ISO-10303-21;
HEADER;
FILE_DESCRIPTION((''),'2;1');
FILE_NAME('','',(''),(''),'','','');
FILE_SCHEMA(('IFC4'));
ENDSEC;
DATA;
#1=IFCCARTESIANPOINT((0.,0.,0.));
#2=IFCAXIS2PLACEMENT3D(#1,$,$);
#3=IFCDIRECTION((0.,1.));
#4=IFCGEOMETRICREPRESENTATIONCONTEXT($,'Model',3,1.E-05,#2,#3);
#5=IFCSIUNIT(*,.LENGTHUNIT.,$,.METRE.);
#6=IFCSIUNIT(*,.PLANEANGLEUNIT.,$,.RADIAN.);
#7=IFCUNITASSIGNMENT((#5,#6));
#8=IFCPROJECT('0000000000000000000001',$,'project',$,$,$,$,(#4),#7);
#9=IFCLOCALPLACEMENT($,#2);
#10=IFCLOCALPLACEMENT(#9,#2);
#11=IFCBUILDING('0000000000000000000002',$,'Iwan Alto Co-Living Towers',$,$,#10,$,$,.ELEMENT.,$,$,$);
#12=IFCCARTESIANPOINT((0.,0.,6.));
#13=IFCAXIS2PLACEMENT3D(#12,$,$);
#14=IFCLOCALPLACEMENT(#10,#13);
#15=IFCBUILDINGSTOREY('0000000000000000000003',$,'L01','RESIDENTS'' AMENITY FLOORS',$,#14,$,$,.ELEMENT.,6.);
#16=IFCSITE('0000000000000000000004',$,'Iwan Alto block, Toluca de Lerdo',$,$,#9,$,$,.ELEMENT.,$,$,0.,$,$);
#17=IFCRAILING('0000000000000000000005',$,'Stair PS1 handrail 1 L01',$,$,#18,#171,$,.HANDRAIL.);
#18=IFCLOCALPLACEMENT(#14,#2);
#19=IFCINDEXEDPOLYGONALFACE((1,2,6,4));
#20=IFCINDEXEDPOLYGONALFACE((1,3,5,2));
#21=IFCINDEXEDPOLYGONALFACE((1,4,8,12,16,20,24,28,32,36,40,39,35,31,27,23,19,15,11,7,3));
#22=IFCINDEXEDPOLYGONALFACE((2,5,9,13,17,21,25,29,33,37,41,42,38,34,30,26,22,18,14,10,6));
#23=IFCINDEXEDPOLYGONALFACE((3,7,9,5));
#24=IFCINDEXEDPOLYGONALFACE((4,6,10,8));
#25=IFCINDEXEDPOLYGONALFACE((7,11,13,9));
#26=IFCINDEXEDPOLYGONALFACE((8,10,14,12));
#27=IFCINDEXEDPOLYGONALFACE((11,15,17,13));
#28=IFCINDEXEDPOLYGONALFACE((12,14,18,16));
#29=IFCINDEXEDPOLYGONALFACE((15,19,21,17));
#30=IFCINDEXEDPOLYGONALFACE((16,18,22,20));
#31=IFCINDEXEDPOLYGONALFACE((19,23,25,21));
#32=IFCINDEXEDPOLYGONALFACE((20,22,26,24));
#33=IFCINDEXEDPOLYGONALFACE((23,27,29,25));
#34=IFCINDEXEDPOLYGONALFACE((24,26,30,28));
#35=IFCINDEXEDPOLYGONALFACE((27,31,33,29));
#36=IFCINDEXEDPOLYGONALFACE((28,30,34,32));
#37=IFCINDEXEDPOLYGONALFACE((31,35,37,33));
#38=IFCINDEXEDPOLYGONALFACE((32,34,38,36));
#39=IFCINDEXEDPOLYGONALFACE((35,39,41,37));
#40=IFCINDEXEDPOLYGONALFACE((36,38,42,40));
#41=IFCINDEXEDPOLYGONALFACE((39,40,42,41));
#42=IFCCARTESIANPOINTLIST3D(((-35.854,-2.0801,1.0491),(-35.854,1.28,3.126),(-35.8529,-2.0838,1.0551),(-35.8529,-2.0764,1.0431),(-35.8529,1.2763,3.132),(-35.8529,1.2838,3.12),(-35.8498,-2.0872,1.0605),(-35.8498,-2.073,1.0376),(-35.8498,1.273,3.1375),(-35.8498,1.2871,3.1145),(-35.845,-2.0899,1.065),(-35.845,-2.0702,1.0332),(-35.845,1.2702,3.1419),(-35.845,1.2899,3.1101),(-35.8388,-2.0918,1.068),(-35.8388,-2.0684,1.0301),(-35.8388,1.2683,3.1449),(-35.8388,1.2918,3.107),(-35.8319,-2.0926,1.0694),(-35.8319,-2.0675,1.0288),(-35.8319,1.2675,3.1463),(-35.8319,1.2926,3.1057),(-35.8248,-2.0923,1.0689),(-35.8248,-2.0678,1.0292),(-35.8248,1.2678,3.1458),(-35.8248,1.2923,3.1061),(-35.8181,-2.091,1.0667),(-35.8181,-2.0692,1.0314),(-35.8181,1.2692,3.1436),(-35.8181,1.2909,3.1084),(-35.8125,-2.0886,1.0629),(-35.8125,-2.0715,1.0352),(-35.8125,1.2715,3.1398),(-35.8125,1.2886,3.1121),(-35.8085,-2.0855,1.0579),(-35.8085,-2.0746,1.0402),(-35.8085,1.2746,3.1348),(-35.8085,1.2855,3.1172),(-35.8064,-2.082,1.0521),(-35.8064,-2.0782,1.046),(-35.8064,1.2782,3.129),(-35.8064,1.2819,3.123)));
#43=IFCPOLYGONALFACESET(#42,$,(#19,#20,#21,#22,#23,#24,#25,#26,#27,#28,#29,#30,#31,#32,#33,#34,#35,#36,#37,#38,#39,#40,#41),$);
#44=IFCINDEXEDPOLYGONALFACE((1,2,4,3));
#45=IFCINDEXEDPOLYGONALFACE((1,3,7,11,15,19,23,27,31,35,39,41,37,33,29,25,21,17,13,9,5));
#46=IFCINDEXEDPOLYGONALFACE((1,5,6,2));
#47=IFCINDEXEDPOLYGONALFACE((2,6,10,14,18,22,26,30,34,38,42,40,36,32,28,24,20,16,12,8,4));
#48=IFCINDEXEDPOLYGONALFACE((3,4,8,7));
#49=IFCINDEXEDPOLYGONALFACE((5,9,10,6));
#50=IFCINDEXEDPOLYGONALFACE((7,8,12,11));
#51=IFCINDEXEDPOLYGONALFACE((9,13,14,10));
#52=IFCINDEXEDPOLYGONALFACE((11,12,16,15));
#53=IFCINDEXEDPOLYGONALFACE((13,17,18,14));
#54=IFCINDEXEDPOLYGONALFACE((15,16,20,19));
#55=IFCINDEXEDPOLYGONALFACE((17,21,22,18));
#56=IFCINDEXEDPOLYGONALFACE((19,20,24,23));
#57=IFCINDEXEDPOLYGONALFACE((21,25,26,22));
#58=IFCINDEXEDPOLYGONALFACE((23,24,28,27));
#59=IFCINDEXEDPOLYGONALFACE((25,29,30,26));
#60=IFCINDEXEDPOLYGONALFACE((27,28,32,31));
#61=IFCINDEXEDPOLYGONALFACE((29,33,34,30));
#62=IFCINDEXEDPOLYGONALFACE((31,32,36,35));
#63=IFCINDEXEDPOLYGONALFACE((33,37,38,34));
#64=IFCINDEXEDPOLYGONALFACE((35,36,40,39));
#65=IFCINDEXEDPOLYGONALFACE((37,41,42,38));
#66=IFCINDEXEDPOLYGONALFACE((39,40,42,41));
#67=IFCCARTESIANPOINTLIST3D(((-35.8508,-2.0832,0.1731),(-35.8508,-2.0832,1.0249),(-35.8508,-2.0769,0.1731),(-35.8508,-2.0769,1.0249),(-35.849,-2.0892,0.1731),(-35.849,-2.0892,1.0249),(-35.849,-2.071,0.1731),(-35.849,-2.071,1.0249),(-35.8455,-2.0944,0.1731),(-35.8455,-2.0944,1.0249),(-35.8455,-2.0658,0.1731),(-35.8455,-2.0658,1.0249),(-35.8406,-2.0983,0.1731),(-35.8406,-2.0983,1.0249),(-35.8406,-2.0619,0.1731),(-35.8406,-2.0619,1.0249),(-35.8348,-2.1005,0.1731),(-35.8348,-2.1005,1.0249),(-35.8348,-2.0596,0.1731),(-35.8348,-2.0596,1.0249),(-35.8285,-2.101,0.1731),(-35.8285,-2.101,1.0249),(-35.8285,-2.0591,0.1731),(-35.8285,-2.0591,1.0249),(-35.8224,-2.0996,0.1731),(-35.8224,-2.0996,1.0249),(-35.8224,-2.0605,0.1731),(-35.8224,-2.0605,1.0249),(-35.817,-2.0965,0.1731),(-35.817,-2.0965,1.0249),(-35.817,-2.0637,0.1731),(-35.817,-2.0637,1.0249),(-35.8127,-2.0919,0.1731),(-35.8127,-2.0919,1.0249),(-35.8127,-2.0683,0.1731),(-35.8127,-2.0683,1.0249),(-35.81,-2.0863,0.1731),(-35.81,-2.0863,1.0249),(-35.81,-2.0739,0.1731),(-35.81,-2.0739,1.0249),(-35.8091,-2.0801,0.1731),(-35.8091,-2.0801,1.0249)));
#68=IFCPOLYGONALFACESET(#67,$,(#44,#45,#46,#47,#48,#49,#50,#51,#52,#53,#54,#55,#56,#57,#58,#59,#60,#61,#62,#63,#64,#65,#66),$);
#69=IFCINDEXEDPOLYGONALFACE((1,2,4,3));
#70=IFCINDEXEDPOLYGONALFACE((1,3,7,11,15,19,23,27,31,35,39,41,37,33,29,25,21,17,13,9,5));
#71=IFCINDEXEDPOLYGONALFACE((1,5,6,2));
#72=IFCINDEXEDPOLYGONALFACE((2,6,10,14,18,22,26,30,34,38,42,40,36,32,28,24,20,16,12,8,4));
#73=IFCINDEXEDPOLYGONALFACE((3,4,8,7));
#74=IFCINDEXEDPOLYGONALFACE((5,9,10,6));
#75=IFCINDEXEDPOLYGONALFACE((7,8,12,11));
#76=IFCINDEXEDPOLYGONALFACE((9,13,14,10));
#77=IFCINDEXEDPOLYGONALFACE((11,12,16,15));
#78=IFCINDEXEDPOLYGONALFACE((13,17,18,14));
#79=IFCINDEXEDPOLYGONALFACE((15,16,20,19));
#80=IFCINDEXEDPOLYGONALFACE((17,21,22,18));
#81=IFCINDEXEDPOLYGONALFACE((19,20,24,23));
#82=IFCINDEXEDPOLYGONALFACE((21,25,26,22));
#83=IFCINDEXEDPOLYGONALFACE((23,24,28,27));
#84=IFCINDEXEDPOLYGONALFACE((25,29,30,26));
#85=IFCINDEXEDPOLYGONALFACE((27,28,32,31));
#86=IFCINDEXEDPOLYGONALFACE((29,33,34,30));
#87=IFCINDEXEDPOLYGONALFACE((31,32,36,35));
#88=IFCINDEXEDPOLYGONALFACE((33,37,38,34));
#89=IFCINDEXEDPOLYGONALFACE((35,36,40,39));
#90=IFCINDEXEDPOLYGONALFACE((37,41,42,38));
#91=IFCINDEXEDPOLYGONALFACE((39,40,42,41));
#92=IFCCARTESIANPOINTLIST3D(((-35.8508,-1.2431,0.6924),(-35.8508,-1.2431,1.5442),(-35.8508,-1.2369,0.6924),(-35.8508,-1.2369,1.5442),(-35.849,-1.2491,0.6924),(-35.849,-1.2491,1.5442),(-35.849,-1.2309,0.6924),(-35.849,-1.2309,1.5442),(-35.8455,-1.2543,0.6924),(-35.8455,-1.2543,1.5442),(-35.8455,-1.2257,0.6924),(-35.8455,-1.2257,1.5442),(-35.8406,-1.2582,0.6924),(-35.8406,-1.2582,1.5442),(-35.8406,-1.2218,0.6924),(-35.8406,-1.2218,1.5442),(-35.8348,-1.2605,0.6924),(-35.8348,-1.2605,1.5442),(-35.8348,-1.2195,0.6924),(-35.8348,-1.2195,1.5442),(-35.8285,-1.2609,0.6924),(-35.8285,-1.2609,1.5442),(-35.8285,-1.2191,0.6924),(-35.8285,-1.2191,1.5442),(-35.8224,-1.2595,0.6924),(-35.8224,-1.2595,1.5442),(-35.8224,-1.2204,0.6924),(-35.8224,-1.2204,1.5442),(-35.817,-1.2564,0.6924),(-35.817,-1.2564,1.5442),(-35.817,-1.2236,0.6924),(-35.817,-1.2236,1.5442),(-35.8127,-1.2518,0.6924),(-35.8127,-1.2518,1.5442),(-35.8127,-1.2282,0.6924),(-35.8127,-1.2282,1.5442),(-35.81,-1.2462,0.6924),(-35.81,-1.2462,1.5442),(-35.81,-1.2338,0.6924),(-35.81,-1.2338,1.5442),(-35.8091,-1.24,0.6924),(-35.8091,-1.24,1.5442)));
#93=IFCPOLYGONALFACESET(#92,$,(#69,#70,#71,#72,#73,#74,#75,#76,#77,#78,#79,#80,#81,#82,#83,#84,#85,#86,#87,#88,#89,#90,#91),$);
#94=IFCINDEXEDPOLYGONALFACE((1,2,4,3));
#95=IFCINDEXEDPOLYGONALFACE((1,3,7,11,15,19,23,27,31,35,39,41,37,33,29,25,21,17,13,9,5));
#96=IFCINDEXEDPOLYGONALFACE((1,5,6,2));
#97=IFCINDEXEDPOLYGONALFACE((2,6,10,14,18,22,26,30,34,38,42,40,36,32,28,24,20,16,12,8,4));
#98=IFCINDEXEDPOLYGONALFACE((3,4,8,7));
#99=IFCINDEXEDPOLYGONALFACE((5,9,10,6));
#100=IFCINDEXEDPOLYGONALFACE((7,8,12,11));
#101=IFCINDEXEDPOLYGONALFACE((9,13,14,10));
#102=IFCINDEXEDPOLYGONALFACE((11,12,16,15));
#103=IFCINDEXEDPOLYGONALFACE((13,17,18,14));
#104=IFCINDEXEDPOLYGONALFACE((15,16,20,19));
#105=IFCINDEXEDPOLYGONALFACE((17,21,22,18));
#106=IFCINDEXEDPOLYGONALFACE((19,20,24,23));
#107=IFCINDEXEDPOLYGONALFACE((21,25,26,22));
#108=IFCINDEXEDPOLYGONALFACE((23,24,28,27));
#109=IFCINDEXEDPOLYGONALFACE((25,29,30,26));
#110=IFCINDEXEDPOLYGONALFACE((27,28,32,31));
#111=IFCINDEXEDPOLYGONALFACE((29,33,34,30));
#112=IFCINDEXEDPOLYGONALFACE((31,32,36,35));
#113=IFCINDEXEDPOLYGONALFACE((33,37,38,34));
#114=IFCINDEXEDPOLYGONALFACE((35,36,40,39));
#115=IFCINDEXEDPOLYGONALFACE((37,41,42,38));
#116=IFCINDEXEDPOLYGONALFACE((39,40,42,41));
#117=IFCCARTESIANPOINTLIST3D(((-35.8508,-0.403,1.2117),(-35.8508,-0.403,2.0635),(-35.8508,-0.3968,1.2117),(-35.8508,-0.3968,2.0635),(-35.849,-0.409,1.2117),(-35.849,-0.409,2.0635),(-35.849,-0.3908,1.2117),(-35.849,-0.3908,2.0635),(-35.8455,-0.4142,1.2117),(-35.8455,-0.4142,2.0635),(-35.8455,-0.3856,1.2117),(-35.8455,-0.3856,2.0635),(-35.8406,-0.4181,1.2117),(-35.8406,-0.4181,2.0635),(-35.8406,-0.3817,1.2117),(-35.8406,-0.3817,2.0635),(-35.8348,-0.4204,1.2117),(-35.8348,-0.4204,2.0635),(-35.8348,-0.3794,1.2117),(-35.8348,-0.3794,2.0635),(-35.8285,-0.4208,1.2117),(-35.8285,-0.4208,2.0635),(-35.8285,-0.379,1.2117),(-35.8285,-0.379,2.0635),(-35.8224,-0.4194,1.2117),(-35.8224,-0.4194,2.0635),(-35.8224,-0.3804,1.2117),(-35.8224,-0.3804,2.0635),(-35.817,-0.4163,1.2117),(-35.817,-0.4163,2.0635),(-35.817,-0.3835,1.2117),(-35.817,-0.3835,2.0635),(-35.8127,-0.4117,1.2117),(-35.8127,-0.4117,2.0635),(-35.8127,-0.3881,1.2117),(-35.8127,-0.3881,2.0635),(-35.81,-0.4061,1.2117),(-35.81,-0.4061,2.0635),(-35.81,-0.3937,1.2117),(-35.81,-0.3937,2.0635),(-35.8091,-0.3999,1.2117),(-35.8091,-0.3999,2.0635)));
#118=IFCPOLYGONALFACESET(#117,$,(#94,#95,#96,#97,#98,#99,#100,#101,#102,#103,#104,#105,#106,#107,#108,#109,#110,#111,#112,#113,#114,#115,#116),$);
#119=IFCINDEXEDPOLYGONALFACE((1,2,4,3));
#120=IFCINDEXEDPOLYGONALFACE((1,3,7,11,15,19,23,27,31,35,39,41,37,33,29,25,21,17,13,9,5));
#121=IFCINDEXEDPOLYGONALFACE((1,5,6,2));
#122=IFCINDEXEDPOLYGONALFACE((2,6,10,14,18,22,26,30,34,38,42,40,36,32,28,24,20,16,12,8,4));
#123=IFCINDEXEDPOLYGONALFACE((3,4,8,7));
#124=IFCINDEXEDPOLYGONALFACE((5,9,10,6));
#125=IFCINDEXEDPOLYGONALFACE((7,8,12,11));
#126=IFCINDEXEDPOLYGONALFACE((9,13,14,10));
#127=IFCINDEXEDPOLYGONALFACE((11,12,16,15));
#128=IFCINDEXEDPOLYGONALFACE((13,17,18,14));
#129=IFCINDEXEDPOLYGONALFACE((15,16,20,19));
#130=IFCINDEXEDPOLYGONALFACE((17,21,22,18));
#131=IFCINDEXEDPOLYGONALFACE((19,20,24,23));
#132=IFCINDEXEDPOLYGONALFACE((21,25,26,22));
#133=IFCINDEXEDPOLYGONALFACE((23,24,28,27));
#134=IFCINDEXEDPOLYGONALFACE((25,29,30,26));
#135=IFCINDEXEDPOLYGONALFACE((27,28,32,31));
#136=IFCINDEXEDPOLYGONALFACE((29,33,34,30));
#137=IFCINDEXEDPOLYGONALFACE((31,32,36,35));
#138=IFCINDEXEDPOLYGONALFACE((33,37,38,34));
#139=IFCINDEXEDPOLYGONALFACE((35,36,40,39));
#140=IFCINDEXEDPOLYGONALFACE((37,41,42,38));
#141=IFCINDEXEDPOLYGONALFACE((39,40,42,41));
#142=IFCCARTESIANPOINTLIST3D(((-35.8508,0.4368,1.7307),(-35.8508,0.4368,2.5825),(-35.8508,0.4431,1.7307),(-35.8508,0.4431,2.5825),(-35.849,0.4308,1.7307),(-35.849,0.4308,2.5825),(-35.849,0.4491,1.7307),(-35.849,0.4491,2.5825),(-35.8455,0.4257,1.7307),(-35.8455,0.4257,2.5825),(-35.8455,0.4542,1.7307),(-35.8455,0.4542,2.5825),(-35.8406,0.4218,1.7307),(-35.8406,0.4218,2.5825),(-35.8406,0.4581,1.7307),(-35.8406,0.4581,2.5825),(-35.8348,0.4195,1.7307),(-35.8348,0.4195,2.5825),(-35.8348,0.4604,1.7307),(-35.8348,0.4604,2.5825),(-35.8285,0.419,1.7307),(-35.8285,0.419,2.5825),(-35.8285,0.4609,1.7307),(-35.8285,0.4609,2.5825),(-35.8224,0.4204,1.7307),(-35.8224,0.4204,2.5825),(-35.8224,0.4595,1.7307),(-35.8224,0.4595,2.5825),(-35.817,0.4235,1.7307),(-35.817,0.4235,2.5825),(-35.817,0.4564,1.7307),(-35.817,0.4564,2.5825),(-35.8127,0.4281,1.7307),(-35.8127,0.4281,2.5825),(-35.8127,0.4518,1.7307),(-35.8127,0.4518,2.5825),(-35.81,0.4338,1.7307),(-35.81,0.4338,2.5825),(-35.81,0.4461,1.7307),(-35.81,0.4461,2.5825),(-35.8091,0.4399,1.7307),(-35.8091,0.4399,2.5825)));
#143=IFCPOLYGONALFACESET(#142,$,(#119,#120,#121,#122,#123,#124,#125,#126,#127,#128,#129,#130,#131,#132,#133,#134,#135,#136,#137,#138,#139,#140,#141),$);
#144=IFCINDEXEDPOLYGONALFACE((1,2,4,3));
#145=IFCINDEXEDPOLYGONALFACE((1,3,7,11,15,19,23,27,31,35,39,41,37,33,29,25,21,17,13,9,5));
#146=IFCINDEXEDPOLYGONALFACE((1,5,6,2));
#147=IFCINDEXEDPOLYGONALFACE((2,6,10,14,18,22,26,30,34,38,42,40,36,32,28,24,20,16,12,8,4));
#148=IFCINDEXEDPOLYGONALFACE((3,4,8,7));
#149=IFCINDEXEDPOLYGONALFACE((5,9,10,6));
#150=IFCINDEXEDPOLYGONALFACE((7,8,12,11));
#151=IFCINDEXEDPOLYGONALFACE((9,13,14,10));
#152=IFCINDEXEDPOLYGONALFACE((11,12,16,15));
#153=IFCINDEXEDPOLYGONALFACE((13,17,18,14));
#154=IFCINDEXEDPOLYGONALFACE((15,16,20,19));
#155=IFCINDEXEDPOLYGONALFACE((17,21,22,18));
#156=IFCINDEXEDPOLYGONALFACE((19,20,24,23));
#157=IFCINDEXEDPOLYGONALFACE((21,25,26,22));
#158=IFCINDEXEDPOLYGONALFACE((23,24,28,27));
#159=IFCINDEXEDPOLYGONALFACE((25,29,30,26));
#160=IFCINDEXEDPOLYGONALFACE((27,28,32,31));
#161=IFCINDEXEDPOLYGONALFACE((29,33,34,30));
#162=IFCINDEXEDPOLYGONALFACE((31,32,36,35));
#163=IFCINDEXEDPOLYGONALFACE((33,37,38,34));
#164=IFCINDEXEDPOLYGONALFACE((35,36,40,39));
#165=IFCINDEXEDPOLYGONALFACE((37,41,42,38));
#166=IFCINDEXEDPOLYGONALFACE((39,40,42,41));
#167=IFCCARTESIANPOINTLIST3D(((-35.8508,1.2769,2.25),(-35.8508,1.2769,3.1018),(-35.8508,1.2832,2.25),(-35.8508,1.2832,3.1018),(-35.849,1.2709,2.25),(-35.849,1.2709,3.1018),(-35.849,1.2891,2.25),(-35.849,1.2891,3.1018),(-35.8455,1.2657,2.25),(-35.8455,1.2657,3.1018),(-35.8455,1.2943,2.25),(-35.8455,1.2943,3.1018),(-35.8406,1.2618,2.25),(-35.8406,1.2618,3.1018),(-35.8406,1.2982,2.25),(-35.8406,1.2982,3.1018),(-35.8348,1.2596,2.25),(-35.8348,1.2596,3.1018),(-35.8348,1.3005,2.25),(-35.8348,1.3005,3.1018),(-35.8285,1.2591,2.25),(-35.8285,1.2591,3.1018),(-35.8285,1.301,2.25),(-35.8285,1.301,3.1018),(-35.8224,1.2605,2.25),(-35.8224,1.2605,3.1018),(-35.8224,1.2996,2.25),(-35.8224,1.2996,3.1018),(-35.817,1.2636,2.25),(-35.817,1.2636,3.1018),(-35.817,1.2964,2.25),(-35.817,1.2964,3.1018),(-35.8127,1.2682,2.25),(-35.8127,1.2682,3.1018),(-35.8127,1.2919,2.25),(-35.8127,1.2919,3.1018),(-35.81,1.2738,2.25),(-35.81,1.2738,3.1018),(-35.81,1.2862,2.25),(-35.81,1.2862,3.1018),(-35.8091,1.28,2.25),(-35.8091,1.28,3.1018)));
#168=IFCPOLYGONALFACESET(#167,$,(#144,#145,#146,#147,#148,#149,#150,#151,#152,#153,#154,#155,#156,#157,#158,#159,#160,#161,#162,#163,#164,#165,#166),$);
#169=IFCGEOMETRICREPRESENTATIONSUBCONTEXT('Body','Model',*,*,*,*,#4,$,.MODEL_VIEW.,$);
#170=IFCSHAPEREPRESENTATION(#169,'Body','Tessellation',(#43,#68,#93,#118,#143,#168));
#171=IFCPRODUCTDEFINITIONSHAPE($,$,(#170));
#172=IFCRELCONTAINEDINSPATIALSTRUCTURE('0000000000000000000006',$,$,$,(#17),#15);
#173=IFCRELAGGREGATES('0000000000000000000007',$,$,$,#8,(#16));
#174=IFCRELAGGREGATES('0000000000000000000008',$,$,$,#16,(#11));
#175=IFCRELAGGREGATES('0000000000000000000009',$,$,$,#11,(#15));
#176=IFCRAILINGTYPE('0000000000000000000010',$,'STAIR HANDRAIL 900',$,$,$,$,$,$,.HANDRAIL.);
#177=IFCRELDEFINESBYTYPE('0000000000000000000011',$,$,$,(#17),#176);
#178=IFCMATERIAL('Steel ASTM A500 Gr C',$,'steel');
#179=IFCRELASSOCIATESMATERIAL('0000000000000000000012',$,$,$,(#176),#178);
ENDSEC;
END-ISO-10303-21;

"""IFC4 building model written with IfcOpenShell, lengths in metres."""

from ifc_helpers import new_model, si_unit, direction, frame, origin, origin_2d, place, context, subcontext, project, spatial, circle, extrude, material, type_object, element, save


model = new_model("IFC4")

# Units and contexts
model_context = context("Model", 3, precision=1e-05, world=origin(), true_north=direction((0.0, 1.0)))
body_context = subcontext(model_context, "Body", "Model", "MODEL_VIEW")
ifc_project = project(units=[si_unit("LENGTHUNIT", "METRE"), si_unit("PLANEANGLEUNIT", "RADIAN")], contexts=[model_context])

# Site, building, storey
site_placement = place(None, origin())
site = spatial("IfcSite", under=ifc_project, at=site_placement, Name="Iwan Alto block, Toluca de Lerdo", CompositionType="ELEMENT", RefElevation=0.0)
building_placement = place(site_placement, origin())
building = spatial("IfcBuilding", under=site, at=building_placement, Name="Iwan Alto Co-Living Towers", CompositionType="ELEMENT")
storey_placement = place(building_placement, frame((0.0, 0.0, 6.0)))
storey = spatial("IfcBuildingStorey", under=building, at=storey_placement, Name="L01", Description="RESIDENTS' AMENITY FLOORS", CompositionType="ELEMENT", Elevation=6.0)

# Railing
ifc_material_1 = material(Name="Steel ASTM A500 Gr C", Category="steel")
railing_type_1 = type_object("IfcRailingType", Name="STAIR HANDRAIL 900", PredefinedType="HANDRAIL", material=ifc_material_1)
railing_1_placement = place(storey_placement, frame((-35.8301, -2.0801, 0.1731)))
element("IfcRailing", 1, at=railing_1_placement, inside=storey, type_object=railing_type_1, Name="Stair PS1 handrail 1 L01", PredefinedType="HANDRAIL", context=body_context, shape_type="SweptSolid", body=[
    extrude(circle(Radius=0.0239, at=origin_2d()), frame((0.0, 0.0, 0.876), z_axis=(0.0, 0.850623, 0.525776), x_axis=(-1.0, 0.0, 0.0)), (0.0, 0.0, 1.0), 3.9502),
    extrude(circle(Radius=0.021, at=origin_2d()), origin(), (0.0, 0.0, 1.0), 0.8518),
    extrude(circle(Radius=0.021, at=origin_2d()), frame((0.0, 0.8401, 0.5193)), (0.0, 0.0, 1.0), 0.8518),
    extrude(circle(Radius=0.021, at=origin_2d()), frame((0.0, 1.6802, 1.0386)), (0.0, 0.0, 1.0), 0.8518),
    extrude(circle(Radius=0.021, at=origin_2d()), frame((0.0, 2.52, 1.5576)), (0.0, 0.0, 1.0), 0.8518),
    extrude(circle(Radius=0.021, at=origin_2d()), frame((0.0, 3.3601, 2.0769)), (0.0, 0.0, 1.0), 0.8518),
])

save(model, "model.ifc")
